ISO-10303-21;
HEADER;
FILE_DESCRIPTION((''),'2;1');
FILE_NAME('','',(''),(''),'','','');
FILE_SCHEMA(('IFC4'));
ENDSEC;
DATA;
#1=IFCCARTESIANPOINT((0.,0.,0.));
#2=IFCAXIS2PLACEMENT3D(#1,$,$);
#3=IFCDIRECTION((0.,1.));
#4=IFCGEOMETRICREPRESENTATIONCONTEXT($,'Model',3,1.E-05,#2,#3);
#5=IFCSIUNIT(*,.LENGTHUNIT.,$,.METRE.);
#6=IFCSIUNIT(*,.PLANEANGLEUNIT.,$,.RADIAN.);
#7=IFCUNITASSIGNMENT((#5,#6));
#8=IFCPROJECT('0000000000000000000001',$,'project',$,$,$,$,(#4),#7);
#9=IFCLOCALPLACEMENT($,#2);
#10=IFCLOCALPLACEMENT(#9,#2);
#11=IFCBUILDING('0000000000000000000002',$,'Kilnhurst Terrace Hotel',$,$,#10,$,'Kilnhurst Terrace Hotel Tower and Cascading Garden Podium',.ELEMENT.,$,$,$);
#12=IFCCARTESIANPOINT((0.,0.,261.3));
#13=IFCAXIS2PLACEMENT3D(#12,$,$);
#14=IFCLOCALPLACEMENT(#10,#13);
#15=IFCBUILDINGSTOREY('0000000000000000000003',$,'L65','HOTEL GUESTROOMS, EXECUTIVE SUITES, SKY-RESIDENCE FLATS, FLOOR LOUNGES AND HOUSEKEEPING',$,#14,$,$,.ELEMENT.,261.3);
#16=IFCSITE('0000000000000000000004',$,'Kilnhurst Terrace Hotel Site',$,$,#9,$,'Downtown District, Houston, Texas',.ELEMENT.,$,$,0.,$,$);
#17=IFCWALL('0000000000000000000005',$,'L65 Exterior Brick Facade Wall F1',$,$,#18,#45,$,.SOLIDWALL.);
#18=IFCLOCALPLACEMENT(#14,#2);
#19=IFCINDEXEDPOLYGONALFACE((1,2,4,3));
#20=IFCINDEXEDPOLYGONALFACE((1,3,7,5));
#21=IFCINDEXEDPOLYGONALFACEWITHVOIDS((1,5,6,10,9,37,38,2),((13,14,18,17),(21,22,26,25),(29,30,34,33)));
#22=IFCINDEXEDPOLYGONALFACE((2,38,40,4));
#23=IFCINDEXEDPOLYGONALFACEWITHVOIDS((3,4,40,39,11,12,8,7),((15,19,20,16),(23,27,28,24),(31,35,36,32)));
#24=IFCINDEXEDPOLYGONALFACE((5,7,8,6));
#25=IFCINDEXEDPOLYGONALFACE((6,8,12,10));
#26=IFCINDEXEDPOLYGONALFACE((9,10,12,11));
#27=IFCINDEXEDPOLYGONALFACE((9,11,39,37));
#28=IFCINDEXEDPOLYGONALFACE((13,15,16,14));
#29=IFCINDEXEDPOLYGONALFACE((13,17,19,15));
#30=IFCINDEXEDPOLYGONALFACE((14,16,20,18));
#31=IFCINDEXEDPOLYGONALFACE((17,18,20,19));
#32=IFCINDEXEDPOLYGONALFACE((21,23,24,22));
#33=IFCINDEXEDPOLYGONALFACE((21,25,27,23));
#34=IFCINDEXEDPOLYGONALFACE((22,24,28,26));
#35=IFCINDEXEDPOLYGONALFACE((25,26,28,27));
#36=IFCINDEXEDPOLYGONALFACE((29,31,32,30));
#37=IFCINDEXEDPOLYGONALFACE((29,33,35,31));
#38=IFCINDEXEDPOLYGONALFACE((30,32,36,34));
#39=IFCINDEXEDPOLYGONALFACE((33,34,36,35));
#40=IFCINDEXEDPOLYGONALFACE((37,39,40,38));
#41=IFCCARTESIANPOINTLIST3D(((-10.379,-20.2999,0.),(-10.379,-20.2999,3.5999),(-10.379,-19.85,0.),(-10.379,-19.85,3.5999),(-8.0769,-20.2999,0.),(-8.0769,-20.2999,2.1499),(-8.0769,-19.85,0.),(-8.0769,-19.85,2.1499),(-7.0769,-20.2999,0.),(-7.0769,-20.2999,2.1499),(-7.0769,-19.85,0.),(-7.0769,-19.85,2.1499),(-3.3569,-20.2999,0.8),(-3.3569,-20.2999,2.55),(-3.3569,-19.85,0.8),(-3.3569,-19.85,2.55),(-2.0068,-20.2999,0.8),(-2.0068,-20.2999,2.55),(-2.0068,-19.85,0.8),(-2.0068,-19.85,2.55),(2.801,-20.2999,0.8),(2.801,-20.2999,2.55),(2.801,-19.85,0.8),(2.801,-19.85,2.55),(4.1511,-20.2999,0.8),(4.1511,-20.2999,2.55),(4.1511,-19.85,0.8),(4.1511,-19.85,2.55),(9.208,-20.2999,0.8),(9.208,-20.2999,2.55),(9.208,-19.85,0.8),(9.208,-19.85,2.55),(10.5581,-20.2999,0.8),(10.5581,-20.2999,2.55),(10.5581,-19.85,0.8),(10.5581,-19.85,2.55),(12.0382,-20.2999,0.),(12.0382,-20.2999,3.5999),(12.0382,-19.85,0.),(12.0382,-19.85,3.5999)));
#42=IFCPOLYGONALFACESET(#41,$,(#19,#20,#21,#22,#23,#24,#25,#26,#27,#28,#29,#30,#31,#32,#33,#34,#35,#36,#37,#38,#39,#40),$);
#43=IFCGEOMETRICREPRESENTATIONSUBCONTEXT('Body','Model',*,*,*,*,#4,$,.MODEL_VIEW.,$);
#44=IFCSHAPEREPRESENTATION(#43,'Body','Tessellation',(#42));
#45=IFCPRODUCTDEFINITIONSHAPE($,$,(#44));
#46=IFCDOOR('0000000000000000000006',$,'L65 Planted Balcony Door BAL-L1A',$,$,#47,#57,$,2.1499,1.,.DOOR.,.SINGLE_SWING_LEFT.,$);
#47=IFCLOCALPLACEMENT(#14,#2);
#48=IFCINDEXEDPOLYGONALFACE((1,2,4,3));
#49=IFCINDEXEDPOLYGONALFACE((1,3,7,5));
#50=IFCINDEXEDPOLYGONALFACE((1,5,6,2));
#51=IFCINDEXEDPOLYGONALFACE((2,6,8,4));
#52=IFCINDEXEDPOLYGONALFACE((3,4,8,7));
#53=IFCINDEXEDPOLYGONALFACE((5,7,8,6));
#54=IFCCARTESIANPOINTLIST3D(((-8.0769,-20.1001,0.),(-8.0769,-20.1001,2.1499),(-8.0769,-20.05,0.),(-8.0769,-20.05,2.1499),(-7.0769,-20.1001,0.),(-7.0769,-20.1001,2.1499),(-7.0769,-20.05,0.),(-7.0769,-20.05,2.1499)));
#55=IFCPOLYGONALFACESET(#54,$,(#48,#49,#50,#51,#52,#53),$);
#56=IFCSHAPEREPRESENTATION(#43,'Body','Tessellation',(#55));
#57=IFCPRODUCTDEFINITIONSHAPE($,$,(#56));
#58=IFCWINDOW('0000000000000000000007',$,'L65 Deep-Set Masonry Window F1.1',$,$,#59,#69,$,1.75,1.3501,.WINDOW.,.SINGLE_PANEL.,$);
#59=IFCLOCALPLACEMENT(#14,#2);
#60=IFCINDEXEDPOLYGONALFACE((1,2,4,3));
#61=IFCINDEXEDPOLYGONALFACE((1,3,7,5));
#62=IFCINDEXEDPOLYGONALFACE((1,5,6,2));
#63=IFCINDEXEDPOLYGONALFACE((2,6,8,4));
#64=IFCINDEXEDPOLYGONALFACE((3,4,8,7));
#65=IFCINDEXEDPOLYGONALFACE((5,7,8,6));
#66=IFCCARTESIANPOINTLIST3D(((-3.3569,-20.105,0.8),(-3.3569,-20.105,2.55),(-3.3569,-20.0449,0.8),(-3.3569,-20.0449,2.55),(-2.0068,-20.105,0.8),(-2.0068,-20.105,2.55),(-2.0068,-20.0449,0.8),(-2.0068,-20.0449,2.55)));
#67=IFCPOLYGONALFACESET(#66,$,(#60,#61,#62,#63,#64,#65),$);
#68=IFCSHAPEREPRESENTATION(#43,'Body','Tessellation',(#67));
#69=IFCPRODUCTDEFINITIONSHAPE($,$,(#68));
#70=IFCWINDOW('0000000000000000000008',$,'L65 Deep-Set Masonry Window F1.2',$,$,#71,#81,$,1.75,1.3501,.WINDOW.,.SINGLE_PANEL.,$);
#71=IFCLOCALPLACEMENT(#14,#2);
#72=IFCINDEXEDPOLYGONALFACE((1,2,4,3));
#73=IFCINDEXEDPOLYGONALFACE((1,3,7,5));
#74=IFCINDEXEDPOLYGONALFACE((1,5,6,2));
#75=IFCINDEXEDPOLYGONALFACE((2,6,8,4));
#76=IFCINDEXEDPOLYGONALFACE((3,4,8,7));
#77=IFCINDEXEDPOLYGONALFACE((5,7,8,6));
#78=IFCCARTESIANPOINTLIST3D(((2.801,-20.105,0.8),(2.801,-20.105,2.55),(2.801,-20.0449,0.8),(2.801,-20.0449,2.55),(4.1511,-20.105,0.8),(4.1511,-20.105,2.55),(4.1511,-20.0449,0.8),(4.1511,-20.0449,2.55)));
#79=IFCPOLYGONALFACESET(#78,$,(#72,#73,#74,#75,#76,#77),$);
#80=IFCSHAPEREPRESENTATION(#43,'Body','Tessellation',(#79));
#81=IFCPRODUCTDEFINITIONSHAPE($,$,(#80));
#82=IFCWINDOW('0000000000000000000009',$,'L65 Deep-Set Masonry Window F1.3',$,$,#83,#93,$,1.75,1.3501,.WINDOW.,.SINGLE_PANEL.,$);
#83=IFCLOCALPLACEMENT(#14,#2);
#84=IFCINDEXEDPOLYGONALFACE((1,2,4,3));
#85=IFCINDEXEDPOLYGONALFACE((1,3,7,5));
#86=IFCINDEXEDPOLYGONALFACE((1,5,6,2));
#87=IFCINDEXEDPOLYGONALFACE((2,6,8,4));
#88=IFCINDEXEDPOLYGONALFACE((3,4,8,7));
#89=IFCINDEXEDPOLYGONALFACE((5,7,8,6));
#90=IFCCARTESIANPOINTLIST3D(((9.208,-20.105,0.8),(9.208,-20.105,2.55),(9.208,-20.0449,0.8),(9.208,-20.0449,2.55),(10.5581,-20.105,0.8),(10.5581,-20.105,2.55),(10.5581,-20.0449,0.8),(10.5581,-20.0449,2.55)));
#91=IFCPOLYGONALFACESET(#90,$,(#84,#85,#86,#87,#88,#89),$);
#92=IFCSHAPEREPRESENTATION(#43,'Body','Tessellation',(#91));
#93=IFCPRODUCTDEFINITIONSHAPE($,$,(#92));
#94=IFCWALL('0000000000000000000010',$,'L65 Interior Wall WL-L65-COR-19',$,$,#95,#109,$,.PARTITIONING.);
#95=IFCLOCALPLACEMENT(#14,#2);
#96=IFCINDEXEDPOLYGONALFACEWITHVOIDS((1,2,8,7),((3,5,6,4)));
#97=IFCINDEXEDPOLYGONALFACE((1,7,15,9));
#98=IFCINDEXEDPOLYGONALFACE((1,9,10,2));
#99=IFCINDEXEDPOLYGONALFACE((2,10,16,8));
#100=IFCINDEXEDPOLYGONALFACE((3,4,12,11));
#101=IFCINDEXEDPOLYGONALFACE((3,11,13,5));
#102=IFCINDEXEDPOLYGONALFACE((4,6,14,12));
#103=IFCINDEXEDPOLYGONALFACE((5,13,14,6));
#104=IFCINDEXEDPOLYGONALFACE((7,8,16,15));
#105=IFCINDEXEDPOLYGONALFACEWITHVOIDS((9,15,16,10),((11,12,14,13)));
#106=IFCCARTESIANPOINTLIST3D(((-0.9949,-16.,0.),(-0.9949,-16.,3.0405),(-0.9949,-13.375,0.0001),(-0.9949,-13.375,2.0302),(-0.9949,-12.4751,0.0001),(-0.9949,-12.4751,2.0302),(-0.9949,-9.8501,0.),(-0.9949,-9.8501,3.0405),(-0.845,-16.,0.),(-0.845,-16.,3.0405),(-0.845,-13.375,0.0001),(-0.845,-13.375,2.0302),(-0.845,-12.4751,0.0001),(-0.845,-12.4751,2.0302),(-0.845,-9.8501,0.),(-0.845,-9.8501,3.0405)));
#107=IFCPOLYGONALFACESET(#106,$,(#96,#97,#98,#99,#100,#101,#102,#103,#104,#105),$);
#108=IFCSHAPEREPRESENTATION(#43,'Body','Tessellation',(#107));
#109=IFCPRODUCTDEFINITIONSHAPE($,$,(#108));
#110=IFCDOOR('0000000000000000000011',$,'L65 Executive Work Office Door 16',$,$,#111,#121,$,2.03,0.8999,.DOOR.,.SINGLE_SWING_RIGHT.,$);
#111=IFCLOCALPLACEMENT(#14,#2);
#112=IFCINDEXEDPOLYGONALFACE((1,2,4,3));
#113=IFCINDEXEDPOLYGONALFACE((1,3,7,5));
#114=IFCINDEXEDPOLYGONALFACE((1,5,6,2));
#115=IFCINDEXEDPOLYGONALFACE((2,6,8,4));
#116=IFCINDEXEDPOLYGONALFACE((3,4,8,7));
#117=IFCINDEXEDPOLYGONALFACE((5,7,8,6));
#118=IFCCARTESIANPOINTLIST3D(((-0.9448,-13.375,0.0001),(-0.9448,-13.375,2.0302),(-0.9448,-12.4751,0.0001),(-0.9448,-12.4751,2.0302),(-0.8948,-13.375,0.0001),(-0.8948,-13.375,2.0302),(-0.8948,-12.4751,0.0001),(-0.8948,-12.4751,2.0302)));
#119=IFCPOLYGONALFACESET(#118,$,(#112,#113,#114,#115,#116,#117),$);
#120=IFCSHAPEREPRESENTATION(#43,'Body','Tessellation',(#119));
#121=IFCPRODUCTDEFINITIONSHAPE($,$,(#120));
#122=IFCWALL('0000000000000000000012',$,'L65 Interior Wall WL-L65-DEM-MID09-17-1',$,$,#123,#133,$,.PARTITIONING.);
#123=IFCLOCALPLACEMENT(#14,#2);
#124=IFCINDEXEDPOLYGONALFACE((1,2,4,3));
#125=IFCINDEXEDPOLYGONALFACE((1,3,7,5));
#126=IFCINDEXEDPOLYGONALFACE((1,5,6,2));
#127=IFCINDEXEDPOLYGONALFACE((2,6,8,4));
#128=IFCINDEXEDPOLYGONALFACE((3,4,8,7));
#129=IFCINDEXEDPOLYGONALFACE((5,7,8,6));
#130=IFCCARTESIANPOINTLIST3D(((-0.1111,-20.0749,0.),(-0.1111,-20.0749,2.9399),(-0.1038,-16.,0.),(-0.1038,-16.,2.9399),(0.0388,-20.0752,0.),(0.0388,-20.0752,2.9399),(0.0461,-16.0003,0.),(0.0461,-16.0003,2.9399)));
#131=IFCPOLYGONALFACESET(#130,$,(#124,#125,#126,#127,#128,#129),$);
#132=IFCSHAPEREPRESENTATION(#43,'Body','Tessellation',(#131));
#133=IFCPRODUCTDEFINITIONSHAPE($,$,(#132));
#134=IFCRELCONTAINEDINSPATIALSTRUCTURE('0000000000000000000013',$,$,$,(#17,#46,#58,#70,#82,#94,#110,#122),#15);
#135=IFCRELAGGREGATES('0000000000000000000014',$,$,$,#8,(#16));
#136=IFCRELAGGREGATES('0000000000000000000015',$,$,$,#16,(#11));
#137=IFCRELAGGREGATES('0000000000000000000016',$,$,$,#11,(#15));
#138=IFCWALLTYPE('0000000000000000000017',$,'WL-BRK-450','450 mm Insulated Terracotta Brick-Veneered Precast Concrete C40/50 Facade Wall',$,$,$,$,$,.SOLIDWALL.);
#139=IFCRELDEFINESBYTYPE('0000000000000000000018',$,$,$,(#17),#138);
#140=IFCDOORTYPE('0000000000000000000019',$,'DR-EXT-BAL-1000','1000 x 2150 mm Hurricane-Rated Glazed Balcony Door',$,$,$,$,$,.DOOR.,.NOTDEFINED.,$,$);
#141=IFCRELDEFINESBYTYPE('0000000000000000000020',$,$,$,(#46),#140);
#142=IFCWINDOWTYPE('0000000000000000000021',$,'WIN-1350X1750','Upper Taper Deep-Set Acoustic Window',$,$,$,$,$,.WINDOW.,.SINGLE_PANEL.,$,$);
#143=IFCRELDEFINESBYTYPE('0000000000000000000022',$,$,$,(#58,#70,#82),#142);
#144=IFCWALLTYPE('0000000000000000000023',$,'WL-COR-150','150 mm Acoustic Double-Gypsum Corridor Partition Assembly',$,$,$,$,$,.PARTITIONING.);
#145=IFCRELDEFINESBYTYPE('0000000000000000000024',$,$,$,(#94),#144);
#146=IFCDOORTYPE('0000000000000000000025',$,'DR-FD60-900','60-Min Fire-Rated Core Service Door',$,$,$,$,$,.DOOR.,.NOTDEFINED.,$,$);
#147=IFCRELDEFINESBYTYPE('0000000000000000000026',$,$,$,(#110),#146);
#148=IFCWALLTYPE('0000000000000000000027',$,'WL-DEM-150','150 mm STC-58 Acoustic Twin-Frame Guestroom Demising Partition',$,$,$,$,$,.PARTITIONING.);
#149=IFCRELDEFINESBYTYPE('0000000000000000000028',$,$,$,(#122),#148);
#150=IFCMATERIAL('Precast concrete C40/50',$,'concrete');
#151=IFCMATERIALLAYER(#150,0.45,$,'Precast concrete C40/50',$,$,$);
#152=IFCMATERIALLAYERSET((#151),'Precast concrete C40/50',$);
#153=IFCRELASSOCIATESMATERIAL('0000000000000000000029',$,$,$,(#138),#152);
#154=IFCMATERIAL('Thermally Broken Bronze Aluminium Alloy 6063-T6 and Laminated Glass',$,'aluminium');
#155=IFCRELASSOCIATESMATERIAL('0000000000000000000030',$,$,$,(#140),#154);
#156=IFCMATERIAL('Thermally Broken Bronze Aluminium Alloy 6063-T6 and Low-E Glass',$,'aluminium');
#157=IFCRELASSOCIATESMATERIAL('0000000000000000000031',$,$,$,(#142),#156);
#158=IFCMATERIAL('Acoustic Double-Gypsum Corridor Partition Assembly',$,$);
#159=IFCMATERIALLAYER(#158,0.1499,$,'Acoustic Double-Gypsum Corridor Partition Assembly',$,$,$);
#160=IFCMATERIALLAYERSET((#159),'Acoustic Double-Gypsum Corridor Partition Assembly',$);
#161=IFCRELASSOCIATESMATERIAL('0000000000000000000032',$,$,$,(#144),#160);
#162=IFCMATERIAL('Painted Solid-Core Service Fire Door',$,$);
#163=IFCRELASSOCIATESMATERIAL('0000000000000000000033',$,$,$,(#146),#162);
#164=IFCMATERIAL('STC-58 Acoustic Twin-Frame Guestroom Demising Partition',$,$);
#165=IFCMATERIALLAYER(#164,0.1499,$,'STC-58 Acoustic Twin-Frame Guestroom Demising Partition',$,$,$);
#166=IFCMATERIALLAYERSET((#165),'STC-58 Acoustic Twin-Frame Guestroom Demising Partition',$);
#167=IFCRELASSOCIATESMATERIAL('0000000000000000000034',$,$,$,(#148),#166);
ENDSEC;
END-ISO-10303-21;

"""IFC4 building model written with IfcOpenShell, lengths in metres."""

from ifc_helpers import new_model, si_unit, direction, frame, frame_2d, origin, place, context, subcontext, project, spatial, rectangle, extrude, material, layer, layer_set, type_object, element, fill, save


model = new_model("IFC4")

# Units and contexts
model_context = context("Model", 3, precision=1e-05, world=origin(), true_north=direction((0.0, 1.0)))
body_context = subcontext(model_context, "Body", "Model", "MODEL_VIEW")
ifc_project = project(units=[si_unit("LENGTHUNIT", "METRE"), si_unit("PLANEANGLEUNIT", "RADIAN")], contexts=[model_context])

# Site, building, storey
site_placement = place(None, origin())
site = spatial("IfcSite", under=ifc_project, at=site_placement, Name="Kilnhurst Terrace Hotel Site", LongName="Downtown District, Houston, Texas", CompositionType="ELEMENT", RefElevation=0.0)
building_placement = place(site_placement, origin())
building = spatial("IfcBuilding", under=site, at=building_placement, Name="Kilnhurst Terrace Hotel", LongName="Kilnhurst Terrace Hotel Tower and Cascading Garden Podium", CompositionType="ELEMENT")
storey_placement = place(building_placement, frame((0.0, 0.0, 261.3)))
storey = spatial("IfcBuildingStorey", under=building, at=storey_placement, Name="L65", Description="HOTEL GUESTROOMS, EXECUTIVE SUITES, SKY-RESIDENCE FLATS, FLOOR LOUNGES AND HOUSEKEEPING", CompositionType="ELEMENT", Elevation=261.3)

# Shared definitions
ifc_material_1 = material(Name="Precast concrete C40/50", Category="concrete")
ifc_layer_1 = layer(ifc_material_1, 0.45, Name="Precast concrete C40/50")
ifc_layer_set_1 = layer_set([ifc_layer_1], Name="Precast concrete C40/50")
wall_type_1 = type_object("IfcWallType", Name="WL-BRK-450", Description="450 mm Insulated Terracotta Brick-Veneered Precast Concrete C40/50 Facade Wall", PredefinedType="SOLIDWALL", material=ifc_layer_set_1)

# Wall, openings, door, windows
wall_1_placement = place(storey_placement, frame((-10.3789, -20.075, 0.0), z_axis=(0.0, 0.0, 1.0), x_axis=(1.0, 0.0, 0.0)))
wall_1 = element("IfcWall", 1, at=wall_1_placement, inside=storey, type_object=wall_type_1, Name="L65 Exterior Brick Facade Wall F1", PredefinedType="SOLIDWALL", context=body_context, shape_type="SweptSolid", body=[
    extrude(rectangle(XDim=22.4172, YDim=0.45, at=frame_2d((11.2085, 0.0))), origin(), (0.0, 0.0, 1.0), 3.5999),
])
opening_1_placement = place(wall_1_placement, frame((2.302, 0.0, 0.0)))
opening_1 = element("IfcOpeningElement", 2, at=opening_1_placement, cuts=wall_1, PredefinedType="OPENING", context=body_context, shape_type="SweptSolid", body=[
    extrude(rectangle(XDim=1.0, YDim=2.1499, at=frame_2d((0.5, 1.075))), frame((0.0, 0.2349, 0.0), z_axis=(0.0, -1.0, 0.0), x_axis=(1.0, 0.0, 0.0)), (0.0, 0.0, 1.0), 0.47),
])
opening_2_placement = place(wall_1_placement, frame((7.022, 0.0, 0.8)))
opening_2 = element("IfcOpeningElement", 3, at=opening_2_placement, cuts=wall_1, PredefinedType="OPENING", context=body_context, shape_type="SweptSolid", body=[
    extrude(rectangle(XDim=1.3501, YDim=1.75, at=frame_2d((0.675, 0.875))), frame((0.0, 0.2349, 0.0), z_axis=(0.0, -1.0, 0.0), x_axis=(1.0, 0.0, 0.0)), (0.0, 0.0, 1.0), 0.47),
])
opening_3_placement = place(wall_1_placement, frame((13.1799, 0.0, 0.8)))
opening_3 = element("IfcOpeningElement", 4, at=opening_3_placement, cuts=wall_1, PredefinedType="OPENING", context=body_context, shape_type="SweptSolid", body=[
    extrude(rectangle(XDim=1.3501, YDim=1.75, at=frame_2d((0.675, 0.875))), frame((0.0, 0.2349, 0.0), z_axis=(0.0, -1.0, 0.0), x_axis=(1.0, 0.0, 0.0)), (0.0, 0.0, 1.0), 0.47),
])
opening_4_placement = place(wall_1_placement, frame((19.5869, 0.0, 0.8)))
opening_4 = element("IfcOpeningElement", 5, at=opening_4_placement, cuts=wall_1, PredefinedType="OPENING", context=body_context, shape_type="SweptSolid", body=[
    extrude(rectangle(XDim=1.3501, YDim=1.75, at=frame_2d((0.675, 0.875))), frame((0.0, 0.2349, 0.0), z_axis=(0.0, -1.0, 0.0), x_axis=(1.0, 0.0, 0.0)), (0.0, 0.0, 1.0), 0.47),
])
ifc_material_2 = material(Name="Thermally Broken Bronze Aluminium Alloy 6063-T6 and Laminated Glass", Category="aluminium")
door_type_1 = type_object("IfcDoorType", Name="DR-EXT-BAL-1000", Description="1000 x 2150 mm Hurricane-Rated Glazed Balcony Door", OperationType="NOTDEFINED", PredefinedType="DOOR", material=ifc_material_2)
door_1_placement = place(opening_1_placement, origin())
door_1 = element("IfcDoor", 6, at=door_1_placement, inside=storey, type_object=door_type_1, Name="L65 Planted Balcony Door BAL-L1A", OperationType="SINGLE_SWING_LEFT", OverallHeight=2.1499, OverallWidth=1.0, PredefinedType="DOOR", context=body_context, shape_type="SweptSolid", body=[
    extrude(rectangle(XDim=1.0, YDim=2.1499, at=frame_2d((0.5, 1.075))), frame((0.0, 0.0249, 0.0), z_axis=(0.0, -1.0, 0.0), x_axis=(1.0, 0.0, 0.0)), (0.0, 0.0, 1.0), 0.05),
])
fill(opening_1, door_1)
ifc_material_3 = material(Name="Thermally Broken Bronze Aluminium Alloy 6063-T6 and Low-E Glass", Category="aluminium")
window_type = type_object("IfcWindowType", Name="WIN-1350X1750", Description="Upper Taper Deep-Set Acoustic Window", PartitioningType="SINGLE_PANEL", PredefinedType="WINDOW", material=ifc_material_3)
window_1_placement = place(opening_2_placement, origin())
window_1 = element("IfcWindow", 7, at=window_1_placement, inside=storey, type_object=window_type, Name="L65 Deep-Set Masonry Window F1.1", OverallHeight=1.75, OverallWidth=1.3501, PartitioningType="SINGLE_PANEL", PredefinedType="WINDOW", context=body_context, shape_type="SweptSolid", body=[
    extrude(rectangle(XDim=1.3501, YDim=1.75, at=frame_2d((0.675, 0.875))), frame((0.0, 0.03, 0.0), z_axis=(0.0, -1.0, 0.0), x_axis=(1.0, 0.0, 0.0)), (0.0, 0.0, 1.0), 0.0601),
])
fill(opening_2, window_1)
window_2_placement = place(opening_3_placement, origin())
window_2 = element("IfcWindow", 8, at=window_2_placement, inside=storey, type_object=window_type, Name="L65 Deep-Set Masonry Window F1.2", OverallHeight=1.75, OverallWidth=1.3501, PartitioningType="SINGLE_PANEL", PredefinedType="WINDOW", context=body_context, shape_type="SweptSolid", body=[
    extrude(rectangle(XDim=1.3501, YDim=1.75, at=frame_2d((0.675, 0.875))), frame((0.0, 0.03, 0.0), z_axis=(0.0, -1.0, 0.0), x_axis=(1.0, 0.0, 0.0)), (0.0, 0.0, 1.0), 0.0601),
])
fill(opening_3, window_2)
window_3_placement = place(opening_4_placement, origin())
window_3 = element("IfcWindow", 9, at=window_3_placement, inside=storey, type_object=window_type, Name="L65 Deep-Set Masonry Window F1.3", OverallHeight=1.75, OverallWidth=1.3501, PartitioningType="SINGLE_PANEL", PredefinedType="WINDOW", context=body_context, shape_type="SweptSolid", body=[
    extrude(rectangle(XDim=1.3501, YDim=1.75, at=frame_2d((0.675, 0.875))), frame((0.0, 0.03, 0.0), z_axis=(0.0, -1.0, 0.0), x_axis=(1.0, 0.0, 0.0)), (0.0, 0.0, 1.0), 0.0601),
])
fill(opening_4, window_3)

# Wall, opening, door
ifc_material_4 = material(Name="Acoustic Double-Gypsum Corridor Partition Assembly")
ifc_layer_2 = layer(ifc_material_4, 0.1499, Name="Acoustic Double-Gypsum Corridor Partition Assembly")
ifc_layer_set_2 = layer_set([ifc_layer_2], Name="Acoustic Double-Gypsum Corridor Partition Assembly")
wall_type_2 = type_object("IfcWallType", Name="WL-COR-150", Description="150 mm Acoustic Double-Gypsum Corridor Partition Assembly", PredefinedType="PARTITIONING", material=ifc_layer_set_2)
wall_2_placement = place(storey_placement, frame((-0.9199, -16.0, 0.0), z_axis=(0.0, 0.0, 1.0), x_axis=(0.0, 1.0, 0.0)))
wall_2 = element("IfcWall", 10, at=wall_2_placement, inside=storey, type_object=wall_type_2, Name="L65 Interior Wall WL-L65-COR-19", PredefinedType="PARTITIONING", context=body_context, shape_type="SweptSolid", body=[
    extrude(rectangle(XDim=6.1499, YDim=0.1499, at=frame_2d((3.075, 0.0))), origin(), (0.0, 0.0, 1.0), 3.0405),
])
opening_5_placement = place(wall_2_placement, frame((2.625, 0.0, 0.0)))
opening_5 = element("IfcOpeningElement", 11, at=opening_5_placement, cuts=wall_2, PredefinedType="OPENING", context=body_context, shape_type="SweptSolid", body=[
    extrude(rectangle(XDim=0.8999, YDim=2.03, at=frame_2d((0.45, 1.0151))), frame((0.0, 0.085, 0.0), z_axis=(0.0, -1.0, 0.0), x_axis=(1.0, 0.0, 0.0)), (0.0, 0.0, 1.0), 0.1699),
])
ifc_material_5 = material(Name="Painted Solid-Core Service Fire Door")
door_type_2 = type_object("IfcDoorType", Name="DR-FD60-900", Description="60-Min Fire-Rated Core Service Door", OperationType="NOTDEFINED", PredefinedType="DOOR", material=ifc_material_5)
door_2_placement = place(opening_5_placement, origin())
door_2 = element("IfcDoor", 12, at=door_2_placement, inside=storey, type_object=door_type_2, Name="L65 Executive Work Office Door 16", OperationType="SINGLE_SWING_RIGHT", OverallHeight=2.03, OverallWidth=0.8999, PredefinedType="DOOR", context=body_context, shape_type="SweptSolid", body=[
    extrude(rectangle(XDim=0.8999, YDim=2.03, at=frame_2d((0.45, 1.0151))), frame((0.0, 0.0249, 0.0), z_axis=(0.0, -1.0, 0.0), x_axis=(1.0, 0.0, 0.0)), (0.0, 0.0, 1.0), 0.05),
])
fill(opening_5, door_2)

# Wall
ifc_material_6 = material(Name="STC-58 Acoustic Twin-Frame Guestroom Demising Partition")
ifc_layer_3 = layer(ifc_material_6, 0.1499, Name="STC-58 Acoustic Twin-Frame Guestroom Demising Partition")
ifc_layer_set_3 = layer_set([ifc_layer_3], Name="STC-58 Acoustic Twin-Frame Guestroom Demising Partition")
wall_type_3 = type_object("IfcWallType", Name="WL-DEM-150", Description="150 mm STC-58 Acoustic Twin-Frame Guestroom Demising Partition", PredefinedType="PARTITIONING", material=ifc_layer_set_3)
wall_3_placement = place(storey_placement, frame((-0.0288, -16.0, 0.0), z_axis=(0.0, 0.0, 1.0), x_axis=(-0.001797, -0.999998, 0.0)))
element("IfcWall", 13, at=wall_3_placement, inside=storey, type_object=wall_type_3, Name="L65 Interior Wall WL-L65-DEM-MID09-17-1", PredefinedType="PARTITIONING", context=body_context, shape_type="SweptSolid", body=[
    extrude(rectangle(XDim=4.075, YDim=0.1499, at=frame_2d((2.0376, 0.0))), origin(), (0.0, 0.0, 1.0), 2.9399),
])

save(model, "model.ifc")
